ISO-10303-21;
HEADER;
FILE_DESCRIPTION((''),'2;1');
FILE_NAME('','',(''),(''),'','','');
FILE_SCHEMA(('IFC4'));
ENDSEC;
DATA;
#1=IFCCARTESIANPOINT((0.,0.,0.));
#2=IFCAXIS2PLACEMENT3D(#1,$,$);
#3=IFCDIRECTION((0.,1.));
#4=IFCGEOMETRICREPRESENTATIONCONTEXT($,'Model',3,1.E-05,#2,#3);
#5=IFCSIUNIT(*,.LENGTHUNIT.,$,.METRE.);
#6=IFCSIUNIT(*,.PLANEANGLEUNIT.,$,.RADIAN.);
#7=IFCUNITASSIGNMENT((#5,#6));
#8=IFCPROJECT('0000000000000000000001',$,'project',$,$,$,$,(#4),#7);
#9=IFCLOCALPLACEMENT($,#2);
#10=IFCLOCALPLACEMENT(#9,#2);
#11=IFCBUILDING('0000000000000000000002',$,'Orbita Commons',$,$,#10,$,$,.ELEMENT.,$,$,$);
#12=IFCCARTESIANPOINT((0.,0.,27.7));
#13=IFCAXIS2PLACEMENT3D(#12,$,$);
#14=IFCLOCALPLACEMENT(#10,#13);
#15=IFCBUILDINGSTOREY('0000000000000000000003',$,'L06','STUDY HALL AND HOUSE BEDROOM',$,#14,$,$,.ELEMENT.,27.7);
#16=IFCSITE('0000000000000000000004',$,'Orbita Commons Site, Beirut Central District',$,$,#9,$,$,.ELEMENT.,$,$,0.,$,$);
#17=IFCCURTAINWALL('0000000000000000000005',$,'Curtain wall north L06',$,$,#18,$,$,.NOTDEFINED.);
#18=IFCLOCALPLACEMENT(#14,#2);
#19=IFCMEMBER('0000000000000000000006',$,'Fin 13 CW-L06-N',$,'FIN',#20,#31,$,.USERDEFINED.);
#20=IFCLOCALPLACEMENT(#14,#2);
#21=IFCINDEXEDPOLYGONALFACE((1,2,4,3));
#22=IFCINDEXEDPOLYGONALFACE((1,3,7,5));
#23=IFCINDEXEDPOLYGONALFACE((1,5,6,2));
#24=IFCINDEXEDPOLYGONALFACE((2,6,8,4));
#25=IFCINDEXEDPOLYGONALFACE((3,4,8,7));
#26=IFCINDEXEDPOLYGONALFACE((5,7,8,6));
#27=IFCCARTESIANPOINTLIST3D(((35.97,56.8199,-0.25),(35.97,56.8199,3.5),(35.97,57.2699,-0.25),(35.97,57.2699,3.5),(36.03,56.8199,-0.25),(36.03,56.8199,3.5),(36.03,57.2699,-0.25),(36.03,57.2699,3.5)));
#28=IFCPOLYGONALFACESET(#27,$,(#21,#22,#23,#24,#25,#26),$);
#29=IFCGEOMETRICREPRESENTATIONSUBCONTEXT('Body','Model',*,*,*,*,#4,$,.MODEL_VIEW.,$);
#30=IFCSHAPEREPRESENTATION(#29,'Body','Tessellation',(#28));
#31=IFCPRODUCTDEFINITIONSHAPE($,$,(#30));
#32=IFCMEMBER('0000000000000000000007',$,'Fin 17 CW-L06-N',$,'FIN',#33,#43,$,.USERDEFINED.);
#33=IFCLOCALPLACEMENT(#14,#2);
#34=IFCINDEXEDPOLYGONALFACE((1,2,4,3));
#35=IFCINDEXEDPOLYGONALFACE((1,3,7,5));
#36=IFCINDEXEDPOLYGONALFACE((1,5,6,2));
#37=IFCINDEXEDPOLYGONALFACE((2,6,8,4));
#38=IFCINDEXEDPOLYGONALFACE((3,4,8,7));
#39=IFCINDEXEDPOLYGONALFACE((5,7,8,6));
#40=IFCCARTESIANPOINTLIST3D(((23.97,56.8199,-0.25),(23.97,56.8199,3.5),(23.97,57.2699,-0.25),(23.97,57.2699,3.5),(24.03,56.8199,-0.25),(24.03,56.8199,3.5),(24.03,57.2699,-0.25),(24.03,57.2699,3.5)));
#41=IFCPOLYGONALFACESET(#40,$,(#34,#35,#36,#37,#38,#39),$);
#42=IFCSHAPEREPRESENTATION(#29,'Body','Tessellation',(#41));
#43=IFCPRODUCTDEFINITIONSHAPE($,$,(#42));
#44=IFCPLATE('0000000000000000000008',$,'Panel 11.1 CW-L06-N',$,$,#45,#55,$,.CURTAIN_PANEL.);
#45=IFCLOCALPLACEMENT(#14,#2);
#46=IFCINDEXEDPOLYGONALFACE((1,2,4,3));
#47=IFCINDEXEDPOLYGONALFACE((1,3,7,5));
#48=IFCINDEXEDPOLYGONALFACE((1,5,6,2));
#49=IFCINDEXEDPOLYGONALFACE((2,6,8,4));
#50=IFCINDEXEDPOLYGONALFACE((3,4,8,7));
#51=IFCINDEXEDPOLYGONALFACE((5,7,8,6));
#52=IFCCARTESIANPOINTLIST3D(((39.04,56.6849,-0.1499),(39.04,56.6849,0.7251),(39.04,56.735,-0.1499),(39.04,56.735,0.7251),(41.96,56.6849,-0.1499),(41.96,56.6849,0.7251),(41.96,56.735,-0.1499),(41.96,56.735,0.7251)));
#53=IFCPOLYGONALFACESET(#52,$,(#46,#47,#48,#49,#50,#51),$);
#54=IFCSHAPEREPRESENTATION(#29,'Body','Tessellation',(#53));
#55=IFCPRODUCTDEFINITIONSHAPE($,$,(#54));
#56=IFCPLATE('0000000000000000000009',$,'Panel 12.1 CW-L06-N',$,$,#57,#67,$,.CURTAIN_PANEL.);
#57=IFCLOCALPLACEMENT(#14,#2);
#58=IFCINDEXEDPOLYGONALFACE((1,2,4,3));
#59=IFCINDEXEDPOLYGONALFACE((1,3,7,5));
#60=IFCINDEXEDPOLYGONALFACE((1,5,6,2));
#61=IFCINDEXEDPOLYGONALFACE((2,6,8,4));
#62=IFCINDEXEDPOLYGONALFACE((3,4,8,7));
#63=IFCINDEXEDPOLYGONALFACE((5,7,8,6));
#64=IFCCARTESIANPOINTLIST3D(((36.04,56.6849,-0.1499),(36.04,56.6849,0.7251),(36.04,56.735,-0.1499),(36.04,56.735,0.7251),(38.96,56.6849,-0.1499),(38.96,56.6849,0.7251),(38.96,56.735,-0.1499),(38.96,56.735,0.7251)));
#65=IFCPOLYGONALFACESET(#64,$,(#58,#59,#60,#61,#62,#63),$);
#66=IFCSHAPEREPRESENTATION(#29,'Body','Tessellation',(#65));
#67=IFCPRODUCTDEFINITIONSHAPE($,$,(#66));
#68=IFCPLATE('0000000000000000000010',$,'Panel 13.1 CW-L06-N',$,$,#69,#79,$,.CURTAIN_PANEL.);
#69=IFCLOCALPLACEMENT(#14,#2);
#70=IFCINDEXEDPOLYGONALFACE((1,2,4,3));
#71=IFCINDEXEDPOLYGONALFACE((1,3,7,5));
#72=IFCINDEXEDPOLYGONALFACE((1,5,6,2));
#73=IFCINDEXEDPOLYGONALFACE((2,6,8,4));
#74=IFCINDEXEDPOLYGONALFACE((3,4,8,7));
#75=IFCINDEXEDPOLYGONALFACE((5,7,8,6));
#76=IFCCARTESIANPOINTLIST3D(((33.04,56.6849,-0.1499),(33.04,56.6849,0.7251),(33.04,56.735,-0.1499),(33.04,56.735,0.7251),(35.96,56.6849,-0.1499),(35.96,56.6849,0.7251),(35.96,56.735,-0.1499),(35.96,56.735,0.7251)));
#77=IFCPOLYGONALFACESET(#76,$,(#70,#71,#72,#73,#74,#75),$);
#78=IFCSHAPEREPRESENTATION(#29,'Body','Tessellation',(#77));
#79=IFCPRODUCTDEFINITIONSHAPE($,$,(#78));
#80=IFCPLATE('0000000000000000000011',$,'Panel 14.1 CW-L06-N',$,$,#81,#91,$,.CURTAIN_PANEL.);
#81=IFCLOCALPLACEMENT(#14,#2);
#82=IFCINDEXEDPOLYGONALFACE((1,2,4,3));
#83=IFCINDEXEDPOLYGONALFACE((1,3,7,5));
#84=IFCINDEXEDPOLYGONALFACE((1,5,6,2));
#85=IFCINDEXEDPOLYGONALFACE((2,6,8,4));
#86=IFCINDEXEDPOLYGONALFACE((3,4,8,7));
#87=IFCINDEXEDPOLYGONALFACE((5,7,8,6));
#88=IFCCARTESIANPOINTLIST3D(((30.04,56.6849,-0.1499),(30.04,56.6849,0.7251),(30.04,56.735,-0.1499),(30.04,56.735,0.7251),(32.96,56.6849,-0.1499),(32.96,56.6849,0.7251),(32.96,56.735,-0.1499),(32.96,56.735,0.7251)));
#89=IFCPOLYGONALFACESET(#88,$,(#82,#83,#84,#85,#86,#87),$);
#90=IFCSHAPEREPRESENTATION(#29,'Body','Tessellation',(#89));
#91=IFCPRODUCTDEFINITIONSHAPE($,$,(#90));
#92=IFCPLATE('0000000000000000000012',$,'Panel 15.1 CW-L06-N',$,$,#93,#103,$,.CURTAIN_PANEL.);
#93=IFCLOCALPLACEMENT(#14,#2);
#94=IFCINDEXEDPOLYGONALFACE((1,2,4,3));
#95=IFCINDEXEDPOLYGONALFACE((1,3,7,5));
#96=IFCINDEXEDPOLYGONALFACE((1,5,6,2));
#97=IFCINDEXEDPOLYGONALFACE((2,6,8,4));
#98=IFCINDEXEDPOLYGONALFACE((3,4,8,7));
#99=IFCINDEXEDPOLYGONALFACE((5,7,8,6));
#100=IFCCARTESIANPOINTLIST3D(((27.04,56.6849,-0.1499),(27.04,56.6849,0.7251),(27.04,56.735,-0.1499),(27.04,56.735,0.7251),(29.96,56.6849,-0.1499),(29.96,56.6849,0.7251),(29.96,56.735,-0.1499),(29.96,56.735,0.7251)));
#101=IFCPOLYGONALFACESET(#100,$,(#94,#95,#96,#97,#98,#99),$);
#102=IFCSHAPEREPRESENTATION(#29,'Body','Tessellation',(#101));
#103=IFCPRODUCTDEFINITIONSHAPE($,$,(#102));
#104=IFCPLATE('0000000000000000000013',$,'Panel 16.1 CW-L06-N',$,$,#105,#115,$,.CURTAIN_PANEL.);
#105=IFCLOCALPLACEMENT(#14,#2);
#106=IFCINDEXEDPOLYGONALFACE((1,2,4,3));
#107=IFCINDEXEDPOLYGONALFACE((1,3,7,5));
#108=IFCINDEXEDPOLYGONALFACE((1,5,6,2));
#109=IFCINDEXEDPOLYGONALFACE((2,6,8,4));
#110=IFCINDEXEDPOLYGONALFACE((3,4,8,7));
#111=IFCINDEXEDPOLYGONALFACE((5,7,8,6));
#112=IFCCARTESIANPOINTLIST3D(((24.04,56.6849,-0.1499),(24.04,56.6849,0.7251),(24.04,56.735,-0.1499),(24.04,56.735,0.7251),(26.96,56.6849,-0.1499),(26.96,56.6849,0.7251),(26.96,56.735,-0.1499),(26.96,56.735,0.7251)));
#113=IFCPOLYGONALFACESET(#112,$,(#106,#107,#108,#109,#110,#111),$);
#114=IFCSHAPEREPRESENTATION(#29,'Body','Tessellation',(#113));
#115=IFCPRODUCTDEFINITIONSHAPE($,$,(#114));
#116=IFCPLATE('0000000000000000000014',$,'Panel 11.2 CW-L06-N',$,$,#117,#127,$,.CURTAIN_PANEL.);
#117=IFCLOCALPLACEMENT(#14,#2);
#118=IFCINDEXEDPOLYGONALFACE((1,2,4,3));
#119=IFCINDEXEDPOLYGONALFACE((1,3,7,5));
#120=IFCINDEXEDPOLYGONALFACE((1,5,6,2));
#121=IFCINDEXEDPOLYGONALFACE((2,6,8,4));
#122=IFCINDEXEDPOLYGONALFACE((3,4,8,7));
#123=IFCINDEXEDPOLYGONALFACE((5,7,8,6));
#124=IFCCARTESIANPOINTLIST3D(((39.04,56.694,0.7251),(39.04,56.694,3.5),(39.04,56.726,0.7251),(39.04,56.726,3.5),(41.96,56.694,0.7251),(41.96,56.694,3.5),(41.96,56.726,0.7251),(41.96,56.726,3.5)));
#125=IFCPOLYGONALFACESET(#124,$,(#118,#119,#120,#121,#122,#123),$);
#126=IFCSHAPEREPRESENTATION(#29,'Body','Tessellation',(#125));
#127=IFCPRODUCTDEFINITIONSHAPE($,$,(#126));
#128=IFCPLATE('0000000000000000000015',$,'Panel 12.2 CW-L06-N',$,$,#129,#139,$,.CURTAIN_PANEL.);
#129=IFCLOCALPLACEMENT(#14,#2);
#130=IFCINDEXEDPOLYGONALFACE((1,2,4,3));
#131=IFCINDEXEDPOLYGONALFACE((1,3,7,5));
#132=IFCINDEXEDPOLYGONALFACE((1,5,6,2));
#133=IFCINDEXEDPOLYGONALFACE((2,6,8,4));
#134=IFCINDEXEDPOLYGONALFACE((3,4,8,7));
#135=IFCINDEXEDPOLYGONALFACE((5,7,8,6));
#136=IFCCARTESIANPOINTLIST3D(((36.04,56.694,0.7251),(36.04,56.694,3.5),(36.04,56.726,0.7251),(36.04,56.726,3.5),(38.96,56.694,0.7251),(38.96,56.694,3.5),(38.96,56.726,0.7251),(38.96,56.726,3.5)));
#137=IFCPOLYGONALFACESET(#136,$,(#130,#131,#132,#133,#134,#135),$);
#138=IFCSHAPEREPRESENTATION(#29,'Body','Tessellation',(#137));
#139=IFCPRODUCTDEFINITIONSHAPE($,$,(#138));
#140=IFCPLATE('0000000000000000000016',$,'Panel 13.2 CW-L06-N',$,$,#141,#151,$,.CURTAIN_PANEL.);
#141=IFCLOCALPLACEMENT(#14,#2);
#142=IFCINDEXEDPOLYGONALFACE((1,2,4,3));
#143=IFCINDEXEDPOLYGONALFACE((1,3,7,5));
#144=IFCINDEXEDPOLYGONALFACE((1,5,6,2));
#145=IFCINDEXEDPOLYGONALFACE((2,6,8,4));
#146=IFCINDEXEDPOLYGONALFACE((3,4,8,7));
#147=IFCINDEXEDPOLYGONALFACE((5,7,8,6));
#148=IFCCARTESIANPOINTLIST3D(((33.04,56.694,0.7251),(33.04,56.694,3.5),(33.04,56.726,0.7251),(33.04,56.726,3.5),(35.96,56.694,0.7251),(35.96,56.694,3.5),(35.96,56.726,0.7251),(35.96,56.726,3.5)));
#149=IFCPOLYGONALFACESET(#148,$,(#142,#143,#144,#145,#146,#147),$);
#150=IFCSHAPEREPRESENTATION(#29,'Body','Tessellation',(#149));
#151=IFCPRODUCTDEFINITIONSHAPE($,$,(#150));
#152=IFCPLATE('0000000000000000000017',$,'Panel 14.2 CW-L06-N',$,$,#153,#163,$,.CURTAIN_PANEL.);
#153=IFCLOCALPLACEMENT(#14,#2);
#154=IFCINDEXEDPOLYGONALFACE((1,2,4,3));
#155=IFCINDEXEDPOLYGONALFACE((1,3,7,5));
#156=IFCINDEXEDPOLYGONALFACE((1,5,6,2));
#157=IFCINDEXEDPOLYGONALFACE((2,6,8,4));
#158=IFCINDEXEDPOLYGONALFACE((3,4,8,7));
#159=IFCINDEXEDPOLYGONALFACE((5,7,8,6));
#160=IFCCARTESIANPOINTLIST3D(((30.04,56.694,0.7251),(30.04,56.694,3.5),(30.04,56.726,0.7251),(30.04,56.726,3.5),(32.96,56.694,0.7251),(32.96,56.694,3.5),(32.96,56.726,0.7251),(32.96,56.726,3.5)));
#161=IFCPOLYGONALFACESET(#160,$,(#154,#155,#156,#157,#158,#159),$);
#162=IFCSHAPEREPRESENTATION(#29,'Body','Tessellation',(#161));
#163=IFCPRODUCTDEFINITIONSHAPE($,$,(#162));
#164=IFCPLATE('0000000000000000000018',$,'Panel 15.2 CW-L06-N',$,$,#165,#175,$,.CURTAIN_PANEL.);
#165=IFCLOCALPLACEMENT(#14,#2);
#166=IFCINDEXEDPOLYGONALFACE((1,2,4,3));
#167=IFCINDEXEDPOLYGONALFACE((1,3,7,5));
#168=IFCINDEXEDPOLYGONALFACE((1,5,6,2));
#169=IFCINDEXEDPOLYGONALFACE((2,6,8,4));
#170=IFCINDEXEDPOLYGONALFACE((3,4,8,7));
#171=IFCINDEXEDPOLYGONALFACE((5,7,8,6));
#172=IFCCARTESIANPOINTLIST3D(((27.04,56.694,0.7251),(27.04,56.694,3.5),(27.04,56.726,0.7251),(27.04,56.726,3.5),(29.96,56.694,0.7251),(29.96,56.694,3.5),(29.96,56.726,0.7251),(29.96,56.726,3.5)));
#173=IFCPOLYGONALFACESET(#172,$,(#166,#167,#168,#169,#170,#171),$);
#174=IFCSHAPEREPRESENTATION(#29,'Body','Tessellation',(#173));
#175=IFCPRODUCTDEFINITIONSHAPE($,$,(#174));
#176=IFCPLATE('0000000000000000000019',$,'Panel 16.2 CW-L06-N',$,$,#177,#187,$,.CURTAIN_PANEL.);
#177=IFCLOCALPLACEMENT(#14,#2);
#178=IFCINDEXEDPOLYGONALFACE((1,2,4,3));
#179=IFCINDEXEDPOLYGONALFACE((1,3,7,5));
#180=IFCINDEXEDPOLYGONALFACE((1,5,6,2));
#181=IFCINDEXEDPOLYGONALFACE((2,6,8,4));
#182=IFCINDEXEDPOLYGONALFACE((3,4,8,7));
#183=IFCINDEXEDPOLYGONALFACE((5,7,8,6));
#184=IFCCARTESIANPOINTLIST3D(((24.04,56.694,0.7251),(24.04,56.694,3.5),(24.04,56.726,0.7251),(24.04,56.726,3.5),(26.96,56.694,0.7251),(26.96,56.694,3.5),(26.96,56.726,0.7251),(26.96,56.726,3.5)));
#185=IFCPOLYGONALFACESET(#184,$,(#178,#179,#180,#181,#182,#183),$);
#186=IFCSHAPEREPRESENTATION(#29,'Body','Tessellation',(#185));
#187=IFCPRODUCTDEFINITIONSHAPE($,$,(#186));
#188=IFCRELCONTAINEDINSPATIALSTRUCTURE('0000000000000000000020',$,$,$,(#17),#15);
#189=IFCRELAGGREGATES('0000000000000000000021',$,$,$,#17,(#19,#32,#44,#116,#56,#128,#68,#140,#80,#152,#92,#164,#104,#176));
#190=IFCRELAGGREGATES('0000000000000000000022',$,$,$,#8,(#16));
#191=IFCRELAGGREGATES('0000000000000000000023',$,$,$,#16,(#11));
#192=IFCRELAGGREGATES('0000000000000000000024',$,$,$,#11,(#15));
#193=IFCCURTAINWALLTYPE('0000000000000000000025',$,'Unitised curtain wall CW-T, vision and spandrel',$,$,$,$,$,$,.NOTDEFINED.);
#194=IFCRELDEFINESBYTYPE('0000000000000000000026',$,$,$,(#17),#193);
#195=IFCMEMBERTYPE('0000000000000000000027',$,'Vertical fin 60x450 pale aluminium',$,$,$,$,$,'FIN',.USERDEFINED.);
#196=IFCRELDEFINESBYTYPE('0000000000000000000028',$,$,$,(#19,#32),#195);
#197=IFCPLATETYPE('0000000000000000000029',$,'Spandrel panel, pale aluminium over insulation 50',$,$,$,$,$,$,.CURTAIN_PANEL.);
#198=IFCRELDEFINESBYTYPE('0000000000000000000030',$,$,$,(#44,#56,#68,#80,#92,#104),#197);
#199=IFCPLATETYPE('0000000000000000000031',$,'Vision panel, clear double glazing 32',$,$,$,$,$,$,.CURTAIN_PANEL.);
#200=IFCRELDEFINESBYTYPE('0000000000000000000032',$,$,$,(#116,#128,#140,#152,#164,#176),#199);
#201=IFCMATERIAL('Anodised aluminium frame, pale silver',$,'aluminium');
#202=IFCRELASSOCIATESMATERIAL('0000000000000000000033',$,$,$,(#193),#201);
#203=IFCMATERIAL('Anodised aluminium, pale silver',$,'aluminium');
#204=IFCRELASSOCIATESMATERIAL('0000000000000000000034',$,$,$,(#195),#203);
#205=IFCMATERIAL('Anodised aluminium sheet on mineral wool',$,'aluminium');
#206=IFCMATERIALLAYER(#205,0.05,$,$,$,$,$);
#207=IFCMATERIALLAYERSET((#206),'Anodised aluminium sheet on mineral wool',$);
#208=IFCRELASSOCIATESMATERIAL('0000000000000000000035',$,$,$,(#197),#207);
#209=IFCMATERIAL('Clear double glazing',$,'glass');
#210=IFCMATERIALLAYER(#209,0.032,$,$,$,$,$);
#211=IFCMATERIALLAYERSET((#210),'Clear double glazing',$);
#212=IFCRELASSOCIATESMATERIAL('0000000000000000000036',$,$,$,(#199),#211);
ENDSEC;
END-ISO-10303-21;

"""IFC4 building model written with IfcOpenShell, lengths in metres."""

from ifc_helpers import new_model, si_unit, direction, frame, origin, origin_2d, place, context, subcontext, project, spatial, rectangle, extrude, material, layer, layer_set, material_profile, profile_set, type_object, element, aggregate, save


model = new_model("IFC4")

# Units and contexts
model_context = context("Model", 3, precision=1e-05, world=origin(), true_north=direction((0.0, 1.0)))
body_context = subcontext(model_context, "Body", "Model", "MODEL_VIEW")
ifc_project = project(units=[si_unit("LENGTHUNIT", "METRE"), si_unit("PLANEANGLEUNIT", "RADIAN")], contexts=[model_context])

# Site, building, storey
site_placement = place(None, origin())
site = spatial("IfcSite", under=ifc_project, at=site_placement, Name="Orbita Commons Site, Beirut Central District", CompositionType="ELEMENT", RefElevation=0.0)
building_placement = place(site_placement, origin())
building = spatial("IfcBuilding", under=site, at=building_placement, Name="Orbita Commons", CompositionType="ELEMENT")
storey_placement = place(building_placement, frame((0.0, 0.0, 27.7)))
storey = spatial("IfcBuildingStorey", under=building, at=storey_placement, Name="L06", Description="STUDY HALL AND HOUSE BEDROOM", CompositionType="ELEMENT", Elevation=27.7)

# Curtain wall
ifc_material_1 = material(Name="Anodised aluminium frame, pale silver", Category="aluminium")
curtain_wall_type = type_object("IfcCurtainWallType", Name="Unitised curtain wall CW-T, vision and spandrel", PredefinedType="NOTDEFINED", material=ifc_material_1)
curtain_wall_placement = place(storey_placement, origin())
curtain_wall = element("IfcCurtainWall", 1, at=curtain_wall_placement, inside=storey, type_object=curtain_wall_type, Name="Curtain wall north L06", PredefinedType="NOTDEFINED")

# Members
ifc_material_2 = material(Name="Anodised aluminium, pale silver", Category="aluminium")
ifc_material_profile_1 = material_profile(ifc_material_2, rectangle(XDim=0.0601, YDim=0.45, at=origin_2d()), Name="FIN 60x450")
ifc_profile_set_1 = profile_set([ifc_material_profile_1], Name="Anodised aluminium, pale silver")
member_type_1 = type_object("IfcMemberType", Name="Vertical fin 60x450 pale aluminium", ElementType="FIN", PredefinedType="USERDEFINED", material=ifc_profile_set_1)
member_1_placement = place(storey_placement, frame((36.0, 57.0449, -0.25), z_axis=(0.0, 0.0, 1.0), x_axis=(-1.0, 0.0, 0.0)))
member_1 = element("IfcMember", 2, at=member_1_placement, type_object=member_type_1, Name="Fin 13 CW-L06-N", ObjectType="FIN", PredefinedType="USERDEFINED", context=body_context, shape_type="SweptSolid", body=[
    extrude(rectangle(XDim=0.0601, YDim=0.45, at=origin_2d()), origin(), (0.0, 0.0, 1.0), 3.75),
])
member_2_placement = place(storey_placement, frame((24.0, 57.0449, -0.25), z_axis=(0.0, 0.0, 1.0), x_axis=(-1.0, 0.0, 0.0)))
member_2 = element("IfcMember", 3, at=member_2_placement, type_object=member_type_1, Name="Fin 17 CW-L06-N", ObjectType="FIN", PredefinedType="USERDEFINED", context=body_context, shape_type="SweptSolid", body=[
    extrude(rectangle(XDim=0.0601, YDim=0.45, at=origin_2d()), origin(), (0.0, 0.0, 1.0), 3.75),
])

# Plates
ifc_material_3 = material(Name="Anodised aluminium sheet on mineral wool", Category="aluminium")
ifc_layer_1 = layer(ifc_material_3, 0.05)
ifc_layer_set_1 = layer_set([ifc_layer_1], Name="Anodised aluminium sheet on mineral wool")
plate_type_1 = type_object("IfcPlateType", Name="Spandrel panel, pale aluminium over insulation 50", PredefinedType="CURTAIN_PANEL", material=ifc_layer_set_1)
plate_1_placement = place(storey_placement, frame((40.5, 56.71, -0.1499), z_axis=(0.0, 0.0, 1.0), x_axis=(-1.0, 0.0, 0.0)))
plate_1 = element("IfcPlate", 4, at=plate_1_placement, type_object=plate_type_1, Name="Panel 11.1 CW-L06-N", PredefinedType="CURTAIN_PANEL", context=body_context, shape_type="SweptSolid", body=[
    extrude(rectangle(XDim=2.9199, YDim=0.05, at=origin_2d()), origin(), (0.0, 0.0, 1.0), 0.875),
])
plate_2_placement = place(storey_placement, frame((37.5, 56.71, -0.1499), z_axis=(0.0, 0.0, 1.0), x_axis=(-1.0, 0.0, 0.0)))
plate_2 = element("IfcPlate", 5, at=plate_2_placement, type_object=plate_type_1, Name="Panel 12.1 CW-L06-N", PredefinedType="CURTAIN_PANEL", context=body_context, shape_type="SweptSolid", body=[
    extrude(rectangle(XDim=2.9199, YDim=0.05, at=origin_2d()), origin(), (0.0, 0.0, 1.0), 0.875),
])
plate_3_placement = place(storey_placement, frame((34.5, 56.71, -0.1499), z_axis=(0.0, 0.0, 1.0), x_axis=(-1.0, 0.0, 0.0)))
plate_3 = element("IfcPlate", 6, at=plate_3_placement, type_object=plate_type_1, Name="Panel 13.1 CW-L06-N", PredefinedType="CURTAIN_PANEL", context=body_context, shape_type="SweptSolid", body=[
    extrude(rectangle(XDim=2.9199, YDim=0.05, at=origin_2d()), origin(), (0.0, 0.0, 1.0), 0.875),
])
plate_4_placement = place(storey_placement, frame((31.5, 56.71, -0.1499), z_axis=(0.0, 0.0, 1.0), x_axis=(-1.0, 0.0, 0.0)))
plate_4 = element("IfcPlate", 7, at=plate_4_placement, type_object=plate_type_1, Name="Panel 14.1 CW-L06-N", PredefinedType="CURTAIN_PANEL", context=body_context, shape_type="SweptSolid", body=[
    extrude(rectangle(XDim=2.9199, YDim=0.05, at=origin_2d()), origin(), (0.0, 0.0, 1.0), 0.875),
])
plate_5_placement = place(storey_placement, frame((28.5, 56.71, -0.1499), z_axis=(0.0, 0.0, 1.0), x_axis=(-1.0, 0.0, 0.0)))
plate_5 = element("IfcPlate", 8, at=plate_5_placement, type_object=plate_type_1, Name="Panel 15.1 CW-L06-N", PredefinedType="CURTAIN_PANEL", context=body_context, shape_type="SweptSolid", body=[
    extrude(rectangle(XDim=2.9199, YDim=0.05, at=origin_2d()), origin(), (0.0, 0.0, 1.0), 0.875),
])
plate_6_placement = place(storey_placement, frame((25.5, 56.71, -0.1499), z_axis=(0.0, 0.0, 1.0), x_axis=(-1.0, 0.0, 0.0)))
plate_6 = element("IfcPlate", 9, at=plate_6_placement, type_object=plate_type_1, Name="Panel 16.1 CW-L06-N", PredefinedType="CURTAIN_PANEL", context=body_context, shape_type="SweptSolid", body=[
    extrude(rectangle(XDim=2.9199, YDim=0.05, at=origin_2d()), origin(), (0.0, 0.0, 1.0), 0.875),
])
ifc_material_4 = material(Name="Clear double glazing", Category="glass")
ifc_layer_2 = layer(ifc_material_4, 0.032)
ifc_layer_set_2 = layer_set([ifc_layer_2], Name="Clear double glazing")
plate_type_2 = type_object("IfcPlateType", Name="Vision panel, clear double glazing 32", PredefinedType="CURTAIN_PANEL", material=ifc_layer_set_2)
plate_7_placement = place(storey_placement, frame((40.5, 56.71, 0.7251), z_axis=(0.0, 0.0, 1.0), x_axis=(-1.0, 0.0, 0.0)))
plate_7 = element("IfcPlate", 10, at=plate_7_placement, type_object=plate_type_2, Name="Panel 11.2 CW-L06-N", PredefinedType="CURTAIN_PANEL", context=body_context, shape_type="SweptSolid", body=[
    extrude(rectangle(XDim=2.9199, YDim=0.032, at=origin_2d()), origin(), (0.0, 0.0, 1.0), 2.7749),
])
plate_8_placement = place(storey_placement, frame((37.5, 56.71, 0.7251), z_axis=(0.0, 0.0, 1.0), x_axis=(-1.0, 0.0, 0.0)))
plate_8 = element("IfcPlate", 11, at=plate_8_placement, type_object=plate_type_2, Name="Panel 12.2 CW-L06-N", PredefinedType="CURTAIN_PANEL", context=body_context, shape_type="SweptSolid", body=[
    extrude(rectangle(XDim=2.9199, YDim=0.032, at=origin_2d()), origin(), (0.0, 0.0, 1.0), 2.7749),
])
plate_9_placement = place(storey_placement, frame((34.5, 56.71, 0.7251), z_axis=(0.0, 0.0, 1.0), x_axis=(-1.0, 0.0, 0.0)))
plate_9 = element("IfcPlate", 12, at=plate_9_placement, type_object=plate_type_2, Name="Panel 13.2 CW-L06-N", PredefinedType="CURTAIN_PANEL", context=body_context, shape_type="SweptSolid", body=[
    extrude(rectangle(XDim=2.9199, YDim=0.032, at=origin_2d()), origin(), (0.0, 0.0, 1.0), 2.7749),
])
plate_10_placement = place(storey_placement, frame((31.5, 56.71, 0.7251), z_axis=(0.0, 0.0, 1.0), x_axis=(-1.0, 0.0, 0.0)))
plate_10 = element("IfcPlate", 13, at=plate_10_placement, type_object=plate_type_2, Name="Panel 14.2 CW-L06-N", PredefinedType="CURTAIN_PANEL", context=body_context, shape_type="SweptSolid", body=[
    extrude(rectangle(XDim=2.9199, YDim=0.032, at=origin_2d()), origin(), (0.0, 0.0, 1.0), 2.7749),
])
plate_11_placement = place(storey_placement, frame((28.5, 56.71, 0.7251), z_axis=(0.0, 0.0, 1.0), x_axis=(-1.0, 0.0, 0.0)))
plate_11 = element("IfcPlate", 14, at=plate_11_placement, type_object=plate_type_2, Name="Panel 15.2 CW-L06-N", PredefinedType="CURTAIN_PANEL", context=body_context, shape_type="SweptSolid", body=[
    extrude(rectangle(XDim=2.9199, YDim=0.032, at=origin_2d()), origin(), (0.0, 0.0, 1.0), 2.7749),
])
plate_12_placement = place(storey_placement, frame((25.5, 56.71, 0.7251), z_axis=(0.0, 0.0, 1.0), x_axis=(-1.0, 0.0, 0.0)))
plate_12 = element("IfcPlate", 15, at=plate_12_placement, type_object=plate_type_2, Name="Panel 16.2 CW-L06-N", PredefinedType="CURTAIN_PANEL", context=body_context, shape_type="SweptSolid", body=[
    extrude(rectangle(XDim=2.9199, YDim=0.032, at=origin_2d()), origin(), (0.0, 0.0, 1.0), 2.7749),
])
aggregate(curtain_wall, [member_1, member_2, plate_1, plate_7, plate_2, plate_8, plate_3, plate_9, plate_4, plate_10, plate_5, plate_11, plate_6, plate_12])

save(model, "model.ifc")
